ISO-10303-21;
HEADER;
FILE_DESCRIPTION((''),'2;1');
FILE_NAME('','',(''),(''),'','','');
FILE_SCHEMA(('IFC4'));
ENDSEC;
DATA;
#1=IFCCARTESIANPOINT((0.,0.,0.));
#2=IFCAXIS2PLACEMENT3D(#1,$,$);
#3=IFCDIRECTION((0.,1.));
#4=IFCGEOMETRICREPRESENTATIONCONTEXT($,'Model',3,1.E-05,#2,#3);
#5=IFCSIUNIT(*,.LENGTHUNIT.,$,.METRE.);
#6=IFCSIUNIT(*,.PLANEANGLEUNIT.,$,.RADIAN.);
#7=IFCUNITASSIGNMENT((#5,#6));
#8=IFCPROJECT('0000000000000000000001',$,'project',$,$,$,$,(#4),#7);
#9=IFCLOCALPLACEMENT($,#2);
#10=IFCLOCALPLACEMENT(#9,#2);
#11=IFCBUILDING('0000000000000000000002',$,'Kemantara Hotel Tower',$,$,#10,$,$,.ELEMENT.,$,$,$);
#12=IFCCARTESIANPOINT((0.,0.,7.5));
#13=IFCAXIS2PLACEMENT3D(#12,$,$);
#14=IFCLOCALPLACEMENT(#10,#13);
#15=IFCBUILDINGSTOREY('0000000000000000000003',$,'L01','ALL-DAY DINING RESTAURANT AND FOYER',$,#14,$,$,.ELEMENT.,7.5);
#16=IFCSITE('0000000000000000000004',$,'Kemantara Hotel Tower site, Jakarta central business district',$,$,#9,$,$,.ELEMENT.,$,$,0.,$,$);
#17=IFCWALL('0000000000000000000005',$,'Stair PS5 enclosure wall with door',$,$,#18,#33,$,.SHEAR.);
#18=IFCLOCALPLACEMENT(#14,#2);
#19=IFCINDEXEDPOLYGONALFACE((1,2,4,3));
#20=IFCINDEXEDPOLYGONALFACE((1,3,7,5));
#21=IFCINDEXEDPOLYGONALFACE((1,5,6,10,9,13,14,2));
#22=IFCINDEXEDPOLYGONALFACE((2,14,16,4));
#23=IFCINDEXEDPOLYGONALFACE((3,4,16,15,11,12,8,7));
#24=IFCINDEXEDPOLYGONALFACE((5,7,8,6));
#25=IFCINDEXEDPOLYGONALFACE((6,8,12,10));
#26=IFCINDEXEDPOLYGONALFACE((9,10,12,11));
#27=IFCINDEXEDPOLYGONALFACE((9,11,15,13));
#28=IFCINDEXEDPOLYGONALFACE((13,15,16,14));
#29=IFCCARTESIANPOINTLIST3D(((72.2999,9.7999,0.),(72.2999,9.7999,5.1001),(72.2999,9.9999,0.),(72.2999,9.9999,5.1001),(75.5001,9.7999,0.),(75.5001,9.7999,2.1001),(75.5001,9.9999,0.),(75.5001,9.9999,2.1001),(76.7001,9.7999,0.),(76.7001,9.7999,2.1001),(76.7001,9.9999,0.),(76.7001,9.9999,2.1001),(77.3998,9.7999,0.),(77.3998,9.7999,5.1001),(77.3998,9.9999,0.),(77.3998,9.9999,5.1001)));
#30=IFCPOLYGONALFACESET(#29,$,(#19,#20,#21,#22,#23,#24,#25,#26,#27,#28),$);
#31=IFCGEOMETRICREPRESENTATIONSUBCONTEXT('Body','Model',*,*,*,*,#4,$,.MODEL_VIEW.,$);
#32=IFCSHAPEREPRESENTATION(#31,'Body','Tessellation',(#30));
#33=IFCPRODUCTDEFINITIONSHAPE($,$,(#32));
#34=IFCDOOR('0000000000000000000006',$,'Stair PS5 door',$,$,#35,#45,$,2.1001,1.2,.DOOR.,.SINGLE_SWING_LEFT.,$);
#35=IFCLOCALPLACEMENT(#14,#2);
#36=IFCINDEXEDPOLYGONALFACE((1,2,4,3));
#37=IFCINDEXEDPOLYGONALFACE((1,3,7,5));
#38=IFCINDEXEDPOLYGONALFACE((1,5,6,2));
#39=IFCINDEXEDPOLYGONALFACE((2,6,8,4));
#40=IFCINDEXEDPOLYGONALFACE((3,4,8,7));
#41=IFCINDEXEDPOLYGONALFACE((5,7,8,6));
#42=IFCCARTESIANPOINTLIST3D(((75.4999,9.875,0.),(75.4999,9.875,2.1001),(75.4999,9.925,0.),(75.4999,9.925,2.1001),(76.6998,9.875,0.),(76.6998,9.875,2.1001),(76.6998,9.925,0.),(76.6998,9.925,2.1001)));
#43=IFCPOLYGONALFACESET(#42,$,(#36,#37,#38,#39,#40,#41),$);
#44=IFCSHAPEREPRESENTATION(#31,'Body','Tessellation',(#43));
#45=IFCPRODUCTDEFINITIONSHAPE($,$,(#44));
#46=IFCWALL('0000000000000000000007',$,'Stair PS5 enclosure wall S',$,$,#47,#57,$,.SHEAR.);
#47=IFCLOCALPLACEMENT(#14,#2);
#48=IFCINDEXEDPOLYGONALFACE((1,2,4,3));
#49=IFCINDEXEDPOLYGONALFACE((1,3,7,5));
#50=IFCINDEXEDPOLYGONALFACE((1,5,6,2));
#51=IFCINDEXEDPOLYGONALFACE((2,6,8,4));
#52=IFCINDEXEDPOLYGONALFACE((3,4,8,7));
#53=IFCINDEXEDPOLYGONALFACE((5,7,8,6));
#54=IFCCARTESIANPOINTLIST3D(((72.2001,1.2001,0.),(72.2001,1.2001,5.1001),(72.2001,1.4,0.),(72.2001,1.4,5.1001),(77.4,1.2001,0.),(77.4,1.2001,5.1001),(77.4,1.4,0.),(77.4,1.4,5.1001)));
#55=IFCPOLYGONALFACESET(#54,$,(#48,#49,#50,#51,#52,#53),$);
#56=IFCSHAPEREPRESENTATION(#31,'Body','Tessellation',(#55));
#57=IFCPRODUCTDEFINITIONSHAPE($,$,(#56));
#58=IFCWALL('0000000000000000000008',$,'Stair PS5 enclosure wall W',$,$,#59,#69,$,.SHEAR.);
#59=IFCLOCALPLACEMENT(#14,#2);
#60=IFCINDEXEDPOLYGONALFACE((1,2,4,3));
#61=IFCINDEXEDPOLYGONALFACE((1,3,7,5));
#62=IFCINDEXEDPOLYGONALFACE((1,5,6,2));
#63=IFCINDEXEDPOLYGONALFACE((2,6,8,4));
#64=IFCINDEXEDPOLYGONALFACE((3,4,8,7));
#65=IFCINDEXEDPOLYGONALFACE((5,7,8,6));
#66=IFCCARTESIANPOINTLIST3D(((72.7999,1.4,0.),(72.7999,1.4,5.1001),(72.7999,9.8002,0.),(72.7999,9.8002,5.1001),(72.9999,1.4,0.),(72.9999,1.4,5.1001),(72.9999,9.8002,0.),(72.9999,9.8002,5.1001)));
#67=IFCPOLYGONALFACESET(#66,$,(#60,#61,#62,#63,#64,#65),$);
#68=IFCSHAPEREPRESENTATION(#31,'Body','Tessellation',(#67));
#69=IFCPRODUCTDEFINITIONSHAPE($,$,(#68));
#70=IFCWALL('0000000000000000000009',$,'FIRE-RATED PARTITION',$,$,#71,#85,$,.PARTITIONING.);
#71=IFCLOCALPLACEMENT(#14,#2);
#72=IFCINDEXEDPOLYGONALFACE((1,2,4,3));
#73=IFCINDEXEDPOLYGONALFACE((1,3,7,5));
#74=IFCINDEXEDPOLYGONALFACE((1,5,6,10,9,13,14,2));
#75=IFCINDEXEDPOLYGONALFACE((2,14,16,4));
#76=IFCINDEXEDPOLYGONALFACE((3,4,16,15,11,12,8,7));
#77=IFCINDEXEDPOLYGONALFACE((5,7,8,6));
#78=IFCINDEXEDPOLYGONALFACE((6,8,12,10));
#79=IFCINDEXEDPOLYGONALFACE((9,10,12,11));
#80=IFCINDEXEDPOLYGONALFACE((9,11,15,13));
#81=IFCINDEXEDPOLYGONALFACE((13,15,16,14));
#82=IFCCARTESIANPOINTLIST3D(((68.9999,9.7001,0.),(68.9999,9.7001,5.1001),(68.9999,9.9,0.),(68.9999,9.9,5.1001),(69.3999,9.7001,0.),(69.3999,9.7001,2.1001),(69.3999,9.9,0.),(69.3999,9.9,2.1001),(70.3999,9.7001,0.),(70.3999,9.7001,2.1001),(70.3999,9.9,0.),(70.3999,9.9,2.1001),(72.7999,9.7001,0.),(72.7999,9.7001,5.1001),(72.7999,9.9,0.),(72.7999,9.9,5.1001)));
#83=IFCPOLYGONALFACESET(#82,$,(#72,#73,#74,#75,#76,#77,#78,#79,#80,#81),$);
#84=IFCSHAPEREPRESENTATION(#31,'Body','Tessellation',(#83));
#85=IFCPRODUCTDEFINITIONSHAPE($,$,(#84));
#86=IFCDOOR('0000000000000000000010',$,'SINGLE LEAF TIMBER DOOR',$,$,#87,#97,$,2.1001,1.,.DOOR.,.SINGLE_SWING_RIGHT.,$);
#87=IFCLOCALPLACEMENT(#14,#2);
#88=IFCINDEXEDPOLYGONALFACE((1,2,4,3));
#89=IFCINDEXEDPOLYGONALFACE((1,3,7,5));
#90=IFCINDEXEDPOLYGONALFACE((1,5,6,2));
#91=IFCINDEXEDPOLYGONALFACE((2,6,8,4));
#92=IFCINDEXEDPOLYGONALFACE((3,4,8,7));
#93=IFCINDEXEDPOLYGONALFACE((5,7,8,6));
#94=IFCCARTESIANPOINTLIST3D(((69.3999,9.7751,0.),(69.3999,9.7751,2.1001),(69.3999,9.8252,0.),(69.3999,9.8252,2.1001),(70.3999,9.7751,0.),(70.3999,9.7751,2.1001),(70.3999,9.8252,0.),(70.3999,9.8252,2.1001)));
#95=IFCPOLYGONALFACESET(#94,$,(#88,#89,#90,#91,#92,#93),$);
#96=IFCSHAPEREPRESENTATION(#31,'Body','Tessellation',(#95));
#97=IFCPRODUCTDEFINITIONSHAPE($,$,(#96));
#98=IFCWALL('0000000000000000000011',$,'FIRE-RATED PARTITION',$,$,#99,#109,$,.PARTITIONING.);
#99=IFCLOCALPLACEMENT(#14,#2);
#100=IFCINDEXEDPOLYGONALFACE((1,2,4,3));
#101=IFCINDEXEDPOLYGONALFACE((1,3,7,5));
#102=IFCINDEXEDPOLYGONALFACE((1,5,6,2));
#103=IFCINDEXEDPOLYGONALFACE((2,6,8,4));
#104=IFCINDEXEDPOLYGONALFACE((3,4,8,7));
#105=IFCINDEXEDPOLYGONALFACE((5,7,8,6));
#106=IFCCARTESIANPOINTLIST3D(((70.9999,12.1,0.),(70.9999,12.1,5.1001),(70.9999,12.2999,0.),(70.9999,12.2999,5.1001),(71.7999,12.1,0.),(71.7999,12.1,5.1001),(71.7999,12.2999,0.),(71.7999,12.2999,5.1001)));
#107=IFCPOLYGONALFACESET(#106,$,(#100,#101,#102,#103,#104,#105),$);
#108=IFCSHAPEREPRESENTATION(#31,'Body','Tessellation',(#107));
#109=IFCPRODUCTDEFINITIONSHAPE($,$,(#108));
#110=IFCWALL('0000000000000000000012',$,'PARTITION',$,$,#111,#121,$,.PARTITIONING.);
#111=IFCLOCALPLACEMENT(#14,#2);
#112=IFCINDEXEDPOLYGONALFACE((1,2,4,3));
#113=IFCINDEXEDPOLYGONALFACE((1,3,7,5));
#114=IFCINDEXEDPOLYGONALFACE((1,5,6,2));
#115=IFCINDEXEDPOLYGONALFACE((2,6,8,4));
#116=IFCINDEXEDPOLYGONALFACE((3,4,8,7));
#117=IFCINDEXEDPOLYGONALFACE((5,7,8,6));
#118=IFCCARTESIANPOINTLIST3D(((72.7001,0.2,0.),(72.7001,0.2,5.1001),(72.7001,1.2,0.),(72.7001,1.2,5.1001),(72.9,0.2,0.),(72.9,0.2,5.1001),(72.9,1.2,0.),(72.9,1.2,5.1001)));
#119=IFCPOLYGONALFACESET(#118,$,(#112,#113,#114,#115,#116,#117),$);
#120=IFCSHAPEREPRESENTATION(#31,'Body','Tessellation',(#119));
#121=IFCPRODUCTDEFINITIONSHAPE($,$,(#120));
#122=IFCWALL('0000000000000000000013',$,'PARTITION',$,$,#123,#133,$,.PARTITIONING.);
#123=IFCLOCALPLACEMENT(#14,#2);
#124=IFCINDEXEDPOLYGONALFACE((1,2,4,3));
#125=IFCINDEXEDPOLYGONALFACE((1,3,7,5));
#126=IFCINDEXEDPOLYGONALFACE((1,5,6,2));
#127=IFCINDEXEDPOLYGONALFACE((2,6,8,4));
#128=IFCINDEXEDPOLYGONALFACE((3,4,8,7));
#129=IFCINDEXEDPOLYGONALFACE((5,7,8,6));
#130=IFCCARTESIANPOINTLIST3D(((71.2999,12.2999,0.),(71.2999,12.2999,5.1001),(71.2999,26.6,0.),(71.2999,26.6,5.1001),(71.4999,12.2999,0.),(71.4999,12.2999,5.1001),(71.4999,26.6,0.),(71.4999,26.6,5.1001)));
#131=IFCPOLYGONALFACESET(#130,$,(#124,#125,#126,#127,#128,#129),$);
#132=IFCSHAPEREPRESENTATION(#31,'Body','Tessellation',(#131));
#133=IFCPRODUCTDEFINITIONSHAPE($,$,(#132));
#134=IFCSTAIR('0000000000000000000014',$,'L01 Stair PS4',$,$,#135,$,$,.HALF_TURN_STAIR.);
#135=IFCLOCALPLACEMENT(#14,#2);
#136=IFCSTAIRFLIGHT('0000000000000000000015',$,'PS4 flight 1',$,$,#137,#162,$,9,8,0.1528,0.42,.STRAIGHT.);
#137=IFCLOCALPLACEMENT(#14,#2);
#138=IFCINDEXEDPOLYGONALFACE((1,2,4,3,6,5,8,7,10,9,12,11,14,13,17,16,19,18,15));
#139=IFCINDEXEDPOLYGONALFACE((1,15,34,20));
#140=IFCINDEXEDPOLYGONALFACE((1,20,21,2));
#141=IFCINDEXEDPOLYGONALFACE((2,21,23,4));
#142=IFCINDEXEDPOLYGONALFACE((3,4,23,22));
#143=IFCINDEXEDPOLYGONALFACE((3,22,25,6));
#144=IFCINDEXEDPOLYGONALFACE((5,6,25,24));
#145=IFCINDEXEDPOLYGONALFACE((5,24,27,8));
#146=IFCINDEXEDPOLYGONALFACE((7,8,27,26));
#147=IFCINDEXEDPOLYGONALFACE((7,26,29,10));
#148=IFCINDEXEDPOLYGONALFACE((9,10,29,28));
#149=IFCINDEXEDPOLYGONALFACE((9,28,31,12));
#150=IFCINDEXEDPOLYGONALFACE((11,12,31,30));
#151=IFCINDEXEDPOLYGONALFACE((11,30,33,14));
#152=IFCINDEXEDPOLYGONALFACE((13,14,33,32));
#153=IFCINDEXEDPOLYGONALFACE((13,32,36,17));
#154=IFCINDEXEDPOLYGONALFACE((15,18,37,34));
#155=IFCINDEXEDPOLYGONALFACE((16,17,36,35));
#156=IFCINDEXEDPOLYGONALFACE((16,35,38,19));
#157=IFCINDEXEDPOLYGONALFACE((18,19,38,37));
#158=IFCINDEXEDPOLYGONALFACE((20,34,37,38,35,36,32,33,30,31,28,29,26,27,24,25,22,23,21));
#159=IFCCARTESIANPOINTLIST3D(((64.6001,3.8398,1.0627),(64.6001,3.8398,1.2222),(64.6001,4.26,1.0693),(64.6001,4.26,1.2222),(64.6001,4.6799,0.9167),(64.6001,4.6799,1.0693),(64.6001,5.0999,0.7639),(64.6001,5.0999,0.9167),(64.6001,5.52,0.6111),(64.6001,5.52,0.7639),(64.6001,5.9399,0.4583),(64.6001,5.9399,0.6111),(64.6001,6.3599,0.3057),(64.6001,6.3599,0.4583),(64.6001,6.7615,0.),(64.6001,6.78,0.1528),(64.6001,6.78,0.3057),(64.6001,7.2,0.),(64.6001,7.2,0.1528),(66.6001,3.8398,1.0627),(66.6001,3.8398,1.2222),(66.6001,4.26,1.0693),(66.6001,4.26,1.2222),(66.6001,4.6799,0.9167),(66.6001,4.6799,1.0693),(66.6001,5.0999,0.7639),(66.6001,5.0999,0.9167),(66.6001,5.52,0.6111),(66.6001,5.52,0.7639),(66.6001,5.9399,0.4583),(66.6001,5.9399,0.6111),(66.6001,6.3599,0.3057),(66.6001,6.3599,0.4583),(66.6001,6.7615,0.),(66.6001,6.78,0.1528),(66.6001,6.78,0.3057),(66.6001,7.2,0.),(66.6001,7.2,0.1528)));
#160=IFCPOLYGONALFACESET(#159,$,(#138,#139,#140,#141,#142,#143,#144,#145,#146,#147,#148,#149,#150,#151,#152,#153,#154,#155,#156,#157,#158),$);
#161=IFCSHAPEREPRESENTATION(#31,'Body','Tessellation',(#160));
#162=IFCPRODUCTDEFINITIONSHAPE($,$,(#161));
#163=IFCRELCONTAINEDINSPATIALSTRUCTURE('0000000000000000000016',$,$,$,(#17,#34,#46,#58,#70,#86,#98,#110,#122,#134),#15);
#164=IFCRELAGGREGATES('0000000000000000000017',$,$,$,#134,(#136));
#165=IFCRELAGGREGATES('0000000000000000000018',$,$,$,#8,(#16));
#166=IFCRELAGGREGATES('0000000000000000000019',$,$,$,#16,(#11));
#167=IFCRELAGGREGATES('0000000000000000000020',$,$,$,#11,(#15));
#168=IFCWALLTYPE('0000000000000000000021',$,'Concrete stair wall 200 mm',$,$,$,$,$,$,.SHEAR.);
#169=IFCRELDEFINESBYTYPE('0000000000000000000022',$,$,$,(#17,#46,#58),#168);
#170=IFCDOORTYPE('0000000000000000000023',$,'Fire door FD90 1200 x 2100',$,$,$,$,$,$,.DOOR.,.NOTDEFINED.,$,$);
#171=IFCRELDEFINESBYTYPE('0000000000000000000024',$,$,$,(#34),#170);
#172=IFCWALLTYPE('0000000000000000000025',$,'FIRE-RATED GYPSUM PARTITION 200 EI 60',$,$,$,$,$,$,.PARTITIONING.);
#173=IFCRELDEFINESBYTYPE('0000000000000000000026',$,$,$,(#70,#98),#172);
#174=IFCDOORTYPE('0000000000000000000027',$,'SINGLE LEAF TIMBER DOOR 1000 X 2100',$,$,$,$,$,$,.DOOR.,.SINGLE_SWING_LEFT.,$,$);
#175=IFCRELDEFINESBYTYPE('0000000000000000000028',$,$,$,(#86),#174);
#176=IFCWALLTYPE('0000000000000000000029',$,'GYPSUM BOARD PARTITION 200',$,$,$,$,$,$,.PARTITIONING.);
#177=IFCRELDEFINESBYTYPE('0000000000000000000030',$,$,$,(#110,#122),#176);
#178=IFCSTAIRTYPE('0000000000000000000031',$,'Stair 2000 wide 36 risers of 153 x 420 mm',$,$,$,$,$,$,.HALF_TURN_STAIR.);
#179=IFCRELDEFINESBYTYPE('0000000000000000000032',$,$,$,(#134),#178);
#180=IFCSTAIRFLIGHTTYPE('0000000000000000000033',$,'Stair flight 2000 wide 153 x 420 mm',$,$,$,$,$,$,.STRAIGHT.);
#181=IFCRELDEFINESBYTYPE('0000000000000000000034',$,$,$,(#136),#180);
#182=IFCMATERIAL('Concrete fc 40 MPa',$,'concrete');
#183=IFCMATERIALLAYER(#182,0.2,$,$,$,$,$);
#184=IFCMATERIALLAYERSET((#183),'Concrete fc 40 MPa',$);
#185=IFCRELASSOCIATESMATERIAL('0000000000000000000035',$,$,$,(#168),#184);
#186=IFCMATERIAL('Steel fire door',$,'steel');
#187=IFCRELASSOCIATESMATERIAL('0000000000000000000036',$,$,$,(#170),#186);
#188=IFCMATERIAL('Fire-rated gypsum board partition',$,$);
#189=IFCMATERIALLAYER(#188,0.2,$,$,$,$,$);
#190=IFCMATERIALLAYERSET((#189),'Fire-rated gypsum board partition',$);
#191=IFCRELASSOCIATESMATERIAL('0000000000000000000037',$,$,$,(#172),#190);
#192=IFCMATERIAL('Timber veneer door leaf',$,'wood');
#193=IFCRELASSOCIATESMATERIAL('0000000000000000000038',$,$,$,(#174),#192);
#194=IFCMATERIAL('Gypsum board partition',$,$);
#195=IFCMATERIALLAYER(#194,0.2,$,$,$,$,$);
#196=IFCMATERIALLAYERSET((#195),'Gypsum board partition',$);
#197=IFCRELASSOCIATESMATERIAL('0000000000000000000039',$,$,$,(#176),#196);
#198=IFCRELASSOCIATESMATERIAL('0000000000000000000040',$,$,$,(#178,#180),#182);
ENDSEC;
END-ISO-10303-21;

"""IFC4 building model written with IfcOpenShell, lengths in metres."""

from ifc_helpers import new_model, si_unit, direction, frame, frame_2d, origin, place, context, subcontext, project, spatial, polyline, rectangle, outline, extrude, material, layer, layer_set, type_object, element, fill, aggregate, save


model = new_model("IFC4")

# Units and contexts
model_context = context("Model", 3, precision=1e-05, world=origin(), true_north=direction((0.0, 1.0)))
body_context = subcontext(model_context, "Body", "Model", "MODEL_VIEW")
ifc_project = project(units=[si_unit("LENGTHUNIT", "METRE"), si_unit("PLANEANGLEUNIT", "RADIAN")], contexts=[model_context])

# Site, building, storey
site_placement = place(None, origin())
site = spatial("IfcSite", under=ifc_project, at=site_placement, Name="Kemantara Hotel Tower site, Jakarta central business district", CompositionType="ELEMENT", RefElevation=0.0)
building_placement = place(site_placement, origin())
building = spatial("IfcBuilding", under=site, at=building_placement, Name="Kemantara Hotel Tower", CompositionType="ELEMENT")
storey_placement = place(building_placement, frame((0.0, 0.0, 7.5)))
storey = spatial("IfcBuildingStorey", under=building, at=storey_placement, Name="L01", Description="ALL-DAY DINING RESTAURANT AND FOYER", CompositionType="ELEMENT", Elevation=7.5)

# Shared definitions
ifc_material_1 = material(Name="Concrete fc 40 MPa", Category="concrete")
ifc_layer_1 = layer(ifc_material_1, 0.2)
ifc_layer_set_1 = layer_set([ifc_layer_1], Name="Concrete fc 40 MPa")
wall_type_1 = type_object("IfcWallType", Name="Concrete stair wall 200 mm", PredefinedType="SHEAR", material=ifc_layer_set_1)
ifc_material_2 = material(Name="Steel fire door", Category="steel")
door_type_1 = type_object("IfcDoorType", Name="Fire door FD90 1200 x 2100", OperationType="NOTDEFINED", PredefinedType="DOOR", material=ifc_material_2)

# Wall, opening, door
wall_1_placement = place(storey_placement, frame((72.3, 9.8999, 0.0), z_axis=(0.0, 0.0, 1.0), x_axis=(1.0, 0.0, 0.0)))
wall_1 = element("IfcWall", 1, at=wall_1_placement, inside=storey, type_object=wall_type_1, Name="Stair PS5 enclosure wall with door", PredefinedType="SHEAR", context=body_context, shape_type="SweptSolid", body=[
    extrude(rectangle(XDim=5.0999, YDim=0.2, at=frame_2d((2.5498, 0.0))), origin(), (0.0, 0.0, 1.0), 5.1001),
])
opening_1_placement = place(wall_1_placement, frame((3.2, 0.0, 0.0)))
opening_1 = element("IfcOpeningElement", 2, at=opening_1_placement, cuts=wall_1, PredefinedType="OPENING", context=body_context, shape_type="SweptSolid", body=[
    extrude(rectangle(XDim=1.2, YDim=2.1001, at=frame_2d((0.6001, 1.05))), frame((0.0, 0.1099, 0.0), z_axis=(0.0, -1.0, 0.0), x_axis=(1.0, 0.0, 0.0)), (0.0, 0.0, 1.0), 0.22),
])
door_1_placement = place(opening_1_placement, frame((1.2, 0.0, 0.0), z_axis=(0.0, 0.0, 1.0), x_axis=(-1.0, 0.0, 0.0)))
door_1 = element("IfcDoor", 3, at=door_1_placement, inside=storey, type_object=door_type_1, Name="Stair PS5 door", OperationType="SINGLE_SWING_LEFT", OverallHeight=2.1001, OverallWidth=1.2, PredefinedType="DOOR", context=body_context, shape_type="SweptSolid", body=[
    extrude(rectangle(XDim=1.2, YDim=2.1001, at=frame_2d((0.6001, 1.05))), frame((0.0, 0.0249, 0.0), z_axis=(0.0, -1.0, 0.0), x_axis=(1.0, 0.0, 0.0)), (0.0, 0.0, 1.0), 0.05),
])
fill(opening_1, door_1)

# Walls
wall_2_placement = place(storey_placement, frame((72.2, 1.3, 0.0), z_axis=(0.0, 0.0, 1.0), x_axis=(1.0, 0.0, 0.0)))
element("IfcWall", 4, at=wall_2_placement, inside=storey, type_object=wall_type_1, Name="Stair PS5 enclosure wall S", PredefinedType="SHEAR", context=body_context, shape_type="SweptSolid", body=[
    extrude(rectangle(XDim=5.2, YDim=0.2, at=frame_2d((2.6001, 0.0))), origin(), (0.0, 0.0, 1.0), 5.1001),
])
wall_3_placement = place(storey_placement, frame((72.8999, 1.3999, 0.0), z_axis=(0.0, 0.0, 1.0), x_axis=(0.0, 1.0, 0.0)))
element("IfcWall", 5, at=wall_3_placement, inside=storey, type_object=wall_type_1, Name="Stair PS5 enclosure wall W", PredefinedType="SHEAR", context=body_context, shape_type="SweptSolid", body=[
    extrude(rectangle(XDim=8.4001, YDim=0.2, at=frame_2d((4.2002, 0.0))), origin(), (0.0, 0.0, 1.0), 5.1001),
])

# Wall, opening, door
ifc_material_3 = material(Name="Fire-rated gypsum board partition")
ifc_layer_2 = layer(ifc_material_3, 0.2)
ifc_layer_set_2 = layer_set([ifc_layer_2], Name="Fire-rated gypsum board partition")
wall_type_2 = type_object("IfcWallType", Name="FIRE-RATED GYPSUM PARTITION 200 EI 60", PredefinedType="PARTITIONING", material=ifc_layer_set_2)
wall_4_placement = place(storey_placement, frame((69.0, 9.8, 0.0), z_axis=(0.0, 0.0, 1.0), x_axis=(1.0, 0.0, 0.0)))
wall_4 = element("IfcWall", 6, at=wall_4_placement, inside=storey, type_object=wall_type_2, Name="FIRE-RATED PARTITION", PredefinedType="PARTITIONING", context=body_context, shape_type="SweptSolid", body=[
    extrude(rectangle(XDim=3.8, YDim=0.2, at=frame_2d((1.8999, 0.0))), origin(), (0.0, 0.0, 1.0), 5.1001),
])
opening_2_placement = place(wall_4_placement, frame((0.3999, 0.0, 0.0)))
opening_2 = element("IfcOpeningElement", 7, at=opening_2_placement, cuts=wall_4, PredefinedType="OPENING", context=body_context, shape_type="SweptSolid", body=[
    extrude(rectangle(XDim=1.0, YDim=2.1001, at=frame_2d((0.5, 1.05))), frame((0.0, 0.1099, 0.0), z_axis=(0.0, -1.0, 0.0), x_axis=(1.0, 0.0, 0.0)), (0.0, 0.0, 1.0), 0.22),
])
ifc_material_4 = material(Name="Timber veneer door leaf", Category="wood")
door_type_2 = type_object("IfcDoorType", Name="SINGLE LEAF TIMBER DOOR 1000 X 2100", OperationType="SINGLE_SWING_LEFT", PredefinedType="DOOR", material=ifc_material_4)
door_2_placement = place(opening_2_placement, frame((1.0, 0.0, 0.0), z_axis=(0.0, 0.0, 1.0), x_axis=(-1.0, 0.0, 0.0)))
door_2 = element("IfcDoor", 8, at=door_2_placement, inside=storey, type_object=door_type_2, Name="SINGLE LEAF TIMBER DOOR", OperationType="SINGLE_SWING_RIGHT", OverallHeight=2.1001, OverallWidth=1.0, PredefinedType="DOOR", context=body_context, shape_type="SweptSolid", body=[
    extrude(rectangle(XDim=1.0, YDim=2.1001, at=frame_2d((0.5, 1.05))), frame((0.0, 0.0249, 0.0), z_axis=(0.0, -1.0, 0.0), x_axis=(1.0, 0.0, 0.0)), (0.0, 0.0, 1.0), 0.05),
])
fill(opening_2, door_2)

# Walls
wall_5_placement = place(storey_placement, frame((71.0, 12.2, 0.0), z_axis=(0.0, 0.0, 1.0), x_axis=(1.0, 0.0, 0.0)))
element("IfcWall", 9, at=wall_5_placement, inside=storey, type_object=wall_type_2, Name="FIRE-RATED PARTITION", PredefinedType="PARTITIONING", context=body_context, shape_type="SweptSolid", body=[
    extrude(rectangle(XDim=0.8, YDim=0.2, at=frame_2d((0.3999, 0.0))), origin(), (0.0, 0.0, 1.0), 5.1001),
])
ifc_material_5 = material(Name="Gypsum board partition")
ifc_layer_3 = layer(ifc_material_5, 0.2)
ifc_layer_set_3 = layer_set([ifc_layer_3], Name="Gypsum board partition")
wall_type_3 = type_object("IfcWallType", Name="GYPSUM BOARD PARTITION 200", PredefinedType="PARTITIONING", material=ifc_layer_set_3)
wall_6_placement = place(storey_placement, frame((72.8, 0.2, 0.0), z_axis=(0.0, 0.0, 1.0), x_axis=(0.0, 1.0, 0.0)))
element("IfcWall", 10, at=wall_6_placement, inside=storey, type_object=wall_type_3, Name="PARTITION", PredefinedType="PARTITIONING", context=body_context, shape_type="SweptSolid", body=[
    extrude(rectangle(XDim=1.0, YDim=0.2, at=frame_2d((0.5, 0.0))), origin(), (0.0, 0.0, 1.0), 5.1001),
])
wall_7_placement = place(storey_placement, frame((71.3999, 12.3, 0.0), z_axis=(0.0, 0.0, 1.0), x_axis=(0.0, 1.0, 0.0)))
element("IfcWall", 11, at=wall_7_placement, inside=storey, type_object=wall_type_3, Name="PARTITION", PredefinedType="PARTITIONING", context=body_context, shape_type="SweptSolid", body=[
    extrude(rectangle(XDim=14.3, YDim=0.2, at=frame_2d((7.1499, 0.0))), origin(), (0.0, 0.0, 1.0), 5.1001),
])

# Stair, stair flight
stair_type = type_object("IfcStairType", Name="Stair 2000 wide 36 risers of 153 x 420 mm", PredefinedType="HALF_TURN_STAIR", material=ifc_material_1)
stair_1_placement = place(storey_placement, origin())
stair_1 = element("IfcStair", 12, at=stair_1_placement, inside=storey, type_object=stair_type, Name="L01 Stair PS4", PredefinedType="HALF_TURN_STAIR")
stair_flight_type = type_object("IfcStairFlightType", Name="Stair flight 2000 wide 153 x 420 mm", PredefinedType="STRAIGHT", material=ifc_material_1)
stair_flight_1_placement = place(storey_placement, frame((65.6001, 7.2, 0.0), z_axis=(0.0, 0.0, 1.0), x_axis=(0.0, -1.0, 0.0)))
stair_flight_1 = element("IfcStairFlight", 13, at=stair_flight_1_placement, type_object=stair_flight_type, Name="PS4 flight 1", NumberOfRisers=9, NumberOfTreads=8, PredefinedType="STRAIGHT", RiserHeight=0.1528, TreadLength=0.42, context=body_context, shape_type="SweptSolid", body=[
    extrude(outline(polyline([(0.0, 0.0), (0.0, 0.1528), (0.4199, 0.1528), (0.4199, 0.3057), (0.8401, 0.3057), (0.8401, 0.4583), (1.26, 0.4583), (1.26, 0.6111), (1.6799, 0.6111), (1.6799, 0.7639), (2.1001, 0.7639), (2.1001, 0.9167), (2.52, 0.9167), (2.52, 1.0693), (2.9399, 1.0693), (2.9399, 1.2222), (3.3601, 1.2222), (3.3601, 1.375), (3.3601, 1.0627), (0.4385, 0.0), (0.0, 0.0)])), frame((0.0, 1.0, 0.0), z_axis=(0.0, -1.0, 0.0), x_axis=(1.0, 0.0, 0.0)), (0.0, 0.0, 1.0), 2.0),
])
aggregate(stair_1, [stair_flight_1])

save(model, "model.ifc")
